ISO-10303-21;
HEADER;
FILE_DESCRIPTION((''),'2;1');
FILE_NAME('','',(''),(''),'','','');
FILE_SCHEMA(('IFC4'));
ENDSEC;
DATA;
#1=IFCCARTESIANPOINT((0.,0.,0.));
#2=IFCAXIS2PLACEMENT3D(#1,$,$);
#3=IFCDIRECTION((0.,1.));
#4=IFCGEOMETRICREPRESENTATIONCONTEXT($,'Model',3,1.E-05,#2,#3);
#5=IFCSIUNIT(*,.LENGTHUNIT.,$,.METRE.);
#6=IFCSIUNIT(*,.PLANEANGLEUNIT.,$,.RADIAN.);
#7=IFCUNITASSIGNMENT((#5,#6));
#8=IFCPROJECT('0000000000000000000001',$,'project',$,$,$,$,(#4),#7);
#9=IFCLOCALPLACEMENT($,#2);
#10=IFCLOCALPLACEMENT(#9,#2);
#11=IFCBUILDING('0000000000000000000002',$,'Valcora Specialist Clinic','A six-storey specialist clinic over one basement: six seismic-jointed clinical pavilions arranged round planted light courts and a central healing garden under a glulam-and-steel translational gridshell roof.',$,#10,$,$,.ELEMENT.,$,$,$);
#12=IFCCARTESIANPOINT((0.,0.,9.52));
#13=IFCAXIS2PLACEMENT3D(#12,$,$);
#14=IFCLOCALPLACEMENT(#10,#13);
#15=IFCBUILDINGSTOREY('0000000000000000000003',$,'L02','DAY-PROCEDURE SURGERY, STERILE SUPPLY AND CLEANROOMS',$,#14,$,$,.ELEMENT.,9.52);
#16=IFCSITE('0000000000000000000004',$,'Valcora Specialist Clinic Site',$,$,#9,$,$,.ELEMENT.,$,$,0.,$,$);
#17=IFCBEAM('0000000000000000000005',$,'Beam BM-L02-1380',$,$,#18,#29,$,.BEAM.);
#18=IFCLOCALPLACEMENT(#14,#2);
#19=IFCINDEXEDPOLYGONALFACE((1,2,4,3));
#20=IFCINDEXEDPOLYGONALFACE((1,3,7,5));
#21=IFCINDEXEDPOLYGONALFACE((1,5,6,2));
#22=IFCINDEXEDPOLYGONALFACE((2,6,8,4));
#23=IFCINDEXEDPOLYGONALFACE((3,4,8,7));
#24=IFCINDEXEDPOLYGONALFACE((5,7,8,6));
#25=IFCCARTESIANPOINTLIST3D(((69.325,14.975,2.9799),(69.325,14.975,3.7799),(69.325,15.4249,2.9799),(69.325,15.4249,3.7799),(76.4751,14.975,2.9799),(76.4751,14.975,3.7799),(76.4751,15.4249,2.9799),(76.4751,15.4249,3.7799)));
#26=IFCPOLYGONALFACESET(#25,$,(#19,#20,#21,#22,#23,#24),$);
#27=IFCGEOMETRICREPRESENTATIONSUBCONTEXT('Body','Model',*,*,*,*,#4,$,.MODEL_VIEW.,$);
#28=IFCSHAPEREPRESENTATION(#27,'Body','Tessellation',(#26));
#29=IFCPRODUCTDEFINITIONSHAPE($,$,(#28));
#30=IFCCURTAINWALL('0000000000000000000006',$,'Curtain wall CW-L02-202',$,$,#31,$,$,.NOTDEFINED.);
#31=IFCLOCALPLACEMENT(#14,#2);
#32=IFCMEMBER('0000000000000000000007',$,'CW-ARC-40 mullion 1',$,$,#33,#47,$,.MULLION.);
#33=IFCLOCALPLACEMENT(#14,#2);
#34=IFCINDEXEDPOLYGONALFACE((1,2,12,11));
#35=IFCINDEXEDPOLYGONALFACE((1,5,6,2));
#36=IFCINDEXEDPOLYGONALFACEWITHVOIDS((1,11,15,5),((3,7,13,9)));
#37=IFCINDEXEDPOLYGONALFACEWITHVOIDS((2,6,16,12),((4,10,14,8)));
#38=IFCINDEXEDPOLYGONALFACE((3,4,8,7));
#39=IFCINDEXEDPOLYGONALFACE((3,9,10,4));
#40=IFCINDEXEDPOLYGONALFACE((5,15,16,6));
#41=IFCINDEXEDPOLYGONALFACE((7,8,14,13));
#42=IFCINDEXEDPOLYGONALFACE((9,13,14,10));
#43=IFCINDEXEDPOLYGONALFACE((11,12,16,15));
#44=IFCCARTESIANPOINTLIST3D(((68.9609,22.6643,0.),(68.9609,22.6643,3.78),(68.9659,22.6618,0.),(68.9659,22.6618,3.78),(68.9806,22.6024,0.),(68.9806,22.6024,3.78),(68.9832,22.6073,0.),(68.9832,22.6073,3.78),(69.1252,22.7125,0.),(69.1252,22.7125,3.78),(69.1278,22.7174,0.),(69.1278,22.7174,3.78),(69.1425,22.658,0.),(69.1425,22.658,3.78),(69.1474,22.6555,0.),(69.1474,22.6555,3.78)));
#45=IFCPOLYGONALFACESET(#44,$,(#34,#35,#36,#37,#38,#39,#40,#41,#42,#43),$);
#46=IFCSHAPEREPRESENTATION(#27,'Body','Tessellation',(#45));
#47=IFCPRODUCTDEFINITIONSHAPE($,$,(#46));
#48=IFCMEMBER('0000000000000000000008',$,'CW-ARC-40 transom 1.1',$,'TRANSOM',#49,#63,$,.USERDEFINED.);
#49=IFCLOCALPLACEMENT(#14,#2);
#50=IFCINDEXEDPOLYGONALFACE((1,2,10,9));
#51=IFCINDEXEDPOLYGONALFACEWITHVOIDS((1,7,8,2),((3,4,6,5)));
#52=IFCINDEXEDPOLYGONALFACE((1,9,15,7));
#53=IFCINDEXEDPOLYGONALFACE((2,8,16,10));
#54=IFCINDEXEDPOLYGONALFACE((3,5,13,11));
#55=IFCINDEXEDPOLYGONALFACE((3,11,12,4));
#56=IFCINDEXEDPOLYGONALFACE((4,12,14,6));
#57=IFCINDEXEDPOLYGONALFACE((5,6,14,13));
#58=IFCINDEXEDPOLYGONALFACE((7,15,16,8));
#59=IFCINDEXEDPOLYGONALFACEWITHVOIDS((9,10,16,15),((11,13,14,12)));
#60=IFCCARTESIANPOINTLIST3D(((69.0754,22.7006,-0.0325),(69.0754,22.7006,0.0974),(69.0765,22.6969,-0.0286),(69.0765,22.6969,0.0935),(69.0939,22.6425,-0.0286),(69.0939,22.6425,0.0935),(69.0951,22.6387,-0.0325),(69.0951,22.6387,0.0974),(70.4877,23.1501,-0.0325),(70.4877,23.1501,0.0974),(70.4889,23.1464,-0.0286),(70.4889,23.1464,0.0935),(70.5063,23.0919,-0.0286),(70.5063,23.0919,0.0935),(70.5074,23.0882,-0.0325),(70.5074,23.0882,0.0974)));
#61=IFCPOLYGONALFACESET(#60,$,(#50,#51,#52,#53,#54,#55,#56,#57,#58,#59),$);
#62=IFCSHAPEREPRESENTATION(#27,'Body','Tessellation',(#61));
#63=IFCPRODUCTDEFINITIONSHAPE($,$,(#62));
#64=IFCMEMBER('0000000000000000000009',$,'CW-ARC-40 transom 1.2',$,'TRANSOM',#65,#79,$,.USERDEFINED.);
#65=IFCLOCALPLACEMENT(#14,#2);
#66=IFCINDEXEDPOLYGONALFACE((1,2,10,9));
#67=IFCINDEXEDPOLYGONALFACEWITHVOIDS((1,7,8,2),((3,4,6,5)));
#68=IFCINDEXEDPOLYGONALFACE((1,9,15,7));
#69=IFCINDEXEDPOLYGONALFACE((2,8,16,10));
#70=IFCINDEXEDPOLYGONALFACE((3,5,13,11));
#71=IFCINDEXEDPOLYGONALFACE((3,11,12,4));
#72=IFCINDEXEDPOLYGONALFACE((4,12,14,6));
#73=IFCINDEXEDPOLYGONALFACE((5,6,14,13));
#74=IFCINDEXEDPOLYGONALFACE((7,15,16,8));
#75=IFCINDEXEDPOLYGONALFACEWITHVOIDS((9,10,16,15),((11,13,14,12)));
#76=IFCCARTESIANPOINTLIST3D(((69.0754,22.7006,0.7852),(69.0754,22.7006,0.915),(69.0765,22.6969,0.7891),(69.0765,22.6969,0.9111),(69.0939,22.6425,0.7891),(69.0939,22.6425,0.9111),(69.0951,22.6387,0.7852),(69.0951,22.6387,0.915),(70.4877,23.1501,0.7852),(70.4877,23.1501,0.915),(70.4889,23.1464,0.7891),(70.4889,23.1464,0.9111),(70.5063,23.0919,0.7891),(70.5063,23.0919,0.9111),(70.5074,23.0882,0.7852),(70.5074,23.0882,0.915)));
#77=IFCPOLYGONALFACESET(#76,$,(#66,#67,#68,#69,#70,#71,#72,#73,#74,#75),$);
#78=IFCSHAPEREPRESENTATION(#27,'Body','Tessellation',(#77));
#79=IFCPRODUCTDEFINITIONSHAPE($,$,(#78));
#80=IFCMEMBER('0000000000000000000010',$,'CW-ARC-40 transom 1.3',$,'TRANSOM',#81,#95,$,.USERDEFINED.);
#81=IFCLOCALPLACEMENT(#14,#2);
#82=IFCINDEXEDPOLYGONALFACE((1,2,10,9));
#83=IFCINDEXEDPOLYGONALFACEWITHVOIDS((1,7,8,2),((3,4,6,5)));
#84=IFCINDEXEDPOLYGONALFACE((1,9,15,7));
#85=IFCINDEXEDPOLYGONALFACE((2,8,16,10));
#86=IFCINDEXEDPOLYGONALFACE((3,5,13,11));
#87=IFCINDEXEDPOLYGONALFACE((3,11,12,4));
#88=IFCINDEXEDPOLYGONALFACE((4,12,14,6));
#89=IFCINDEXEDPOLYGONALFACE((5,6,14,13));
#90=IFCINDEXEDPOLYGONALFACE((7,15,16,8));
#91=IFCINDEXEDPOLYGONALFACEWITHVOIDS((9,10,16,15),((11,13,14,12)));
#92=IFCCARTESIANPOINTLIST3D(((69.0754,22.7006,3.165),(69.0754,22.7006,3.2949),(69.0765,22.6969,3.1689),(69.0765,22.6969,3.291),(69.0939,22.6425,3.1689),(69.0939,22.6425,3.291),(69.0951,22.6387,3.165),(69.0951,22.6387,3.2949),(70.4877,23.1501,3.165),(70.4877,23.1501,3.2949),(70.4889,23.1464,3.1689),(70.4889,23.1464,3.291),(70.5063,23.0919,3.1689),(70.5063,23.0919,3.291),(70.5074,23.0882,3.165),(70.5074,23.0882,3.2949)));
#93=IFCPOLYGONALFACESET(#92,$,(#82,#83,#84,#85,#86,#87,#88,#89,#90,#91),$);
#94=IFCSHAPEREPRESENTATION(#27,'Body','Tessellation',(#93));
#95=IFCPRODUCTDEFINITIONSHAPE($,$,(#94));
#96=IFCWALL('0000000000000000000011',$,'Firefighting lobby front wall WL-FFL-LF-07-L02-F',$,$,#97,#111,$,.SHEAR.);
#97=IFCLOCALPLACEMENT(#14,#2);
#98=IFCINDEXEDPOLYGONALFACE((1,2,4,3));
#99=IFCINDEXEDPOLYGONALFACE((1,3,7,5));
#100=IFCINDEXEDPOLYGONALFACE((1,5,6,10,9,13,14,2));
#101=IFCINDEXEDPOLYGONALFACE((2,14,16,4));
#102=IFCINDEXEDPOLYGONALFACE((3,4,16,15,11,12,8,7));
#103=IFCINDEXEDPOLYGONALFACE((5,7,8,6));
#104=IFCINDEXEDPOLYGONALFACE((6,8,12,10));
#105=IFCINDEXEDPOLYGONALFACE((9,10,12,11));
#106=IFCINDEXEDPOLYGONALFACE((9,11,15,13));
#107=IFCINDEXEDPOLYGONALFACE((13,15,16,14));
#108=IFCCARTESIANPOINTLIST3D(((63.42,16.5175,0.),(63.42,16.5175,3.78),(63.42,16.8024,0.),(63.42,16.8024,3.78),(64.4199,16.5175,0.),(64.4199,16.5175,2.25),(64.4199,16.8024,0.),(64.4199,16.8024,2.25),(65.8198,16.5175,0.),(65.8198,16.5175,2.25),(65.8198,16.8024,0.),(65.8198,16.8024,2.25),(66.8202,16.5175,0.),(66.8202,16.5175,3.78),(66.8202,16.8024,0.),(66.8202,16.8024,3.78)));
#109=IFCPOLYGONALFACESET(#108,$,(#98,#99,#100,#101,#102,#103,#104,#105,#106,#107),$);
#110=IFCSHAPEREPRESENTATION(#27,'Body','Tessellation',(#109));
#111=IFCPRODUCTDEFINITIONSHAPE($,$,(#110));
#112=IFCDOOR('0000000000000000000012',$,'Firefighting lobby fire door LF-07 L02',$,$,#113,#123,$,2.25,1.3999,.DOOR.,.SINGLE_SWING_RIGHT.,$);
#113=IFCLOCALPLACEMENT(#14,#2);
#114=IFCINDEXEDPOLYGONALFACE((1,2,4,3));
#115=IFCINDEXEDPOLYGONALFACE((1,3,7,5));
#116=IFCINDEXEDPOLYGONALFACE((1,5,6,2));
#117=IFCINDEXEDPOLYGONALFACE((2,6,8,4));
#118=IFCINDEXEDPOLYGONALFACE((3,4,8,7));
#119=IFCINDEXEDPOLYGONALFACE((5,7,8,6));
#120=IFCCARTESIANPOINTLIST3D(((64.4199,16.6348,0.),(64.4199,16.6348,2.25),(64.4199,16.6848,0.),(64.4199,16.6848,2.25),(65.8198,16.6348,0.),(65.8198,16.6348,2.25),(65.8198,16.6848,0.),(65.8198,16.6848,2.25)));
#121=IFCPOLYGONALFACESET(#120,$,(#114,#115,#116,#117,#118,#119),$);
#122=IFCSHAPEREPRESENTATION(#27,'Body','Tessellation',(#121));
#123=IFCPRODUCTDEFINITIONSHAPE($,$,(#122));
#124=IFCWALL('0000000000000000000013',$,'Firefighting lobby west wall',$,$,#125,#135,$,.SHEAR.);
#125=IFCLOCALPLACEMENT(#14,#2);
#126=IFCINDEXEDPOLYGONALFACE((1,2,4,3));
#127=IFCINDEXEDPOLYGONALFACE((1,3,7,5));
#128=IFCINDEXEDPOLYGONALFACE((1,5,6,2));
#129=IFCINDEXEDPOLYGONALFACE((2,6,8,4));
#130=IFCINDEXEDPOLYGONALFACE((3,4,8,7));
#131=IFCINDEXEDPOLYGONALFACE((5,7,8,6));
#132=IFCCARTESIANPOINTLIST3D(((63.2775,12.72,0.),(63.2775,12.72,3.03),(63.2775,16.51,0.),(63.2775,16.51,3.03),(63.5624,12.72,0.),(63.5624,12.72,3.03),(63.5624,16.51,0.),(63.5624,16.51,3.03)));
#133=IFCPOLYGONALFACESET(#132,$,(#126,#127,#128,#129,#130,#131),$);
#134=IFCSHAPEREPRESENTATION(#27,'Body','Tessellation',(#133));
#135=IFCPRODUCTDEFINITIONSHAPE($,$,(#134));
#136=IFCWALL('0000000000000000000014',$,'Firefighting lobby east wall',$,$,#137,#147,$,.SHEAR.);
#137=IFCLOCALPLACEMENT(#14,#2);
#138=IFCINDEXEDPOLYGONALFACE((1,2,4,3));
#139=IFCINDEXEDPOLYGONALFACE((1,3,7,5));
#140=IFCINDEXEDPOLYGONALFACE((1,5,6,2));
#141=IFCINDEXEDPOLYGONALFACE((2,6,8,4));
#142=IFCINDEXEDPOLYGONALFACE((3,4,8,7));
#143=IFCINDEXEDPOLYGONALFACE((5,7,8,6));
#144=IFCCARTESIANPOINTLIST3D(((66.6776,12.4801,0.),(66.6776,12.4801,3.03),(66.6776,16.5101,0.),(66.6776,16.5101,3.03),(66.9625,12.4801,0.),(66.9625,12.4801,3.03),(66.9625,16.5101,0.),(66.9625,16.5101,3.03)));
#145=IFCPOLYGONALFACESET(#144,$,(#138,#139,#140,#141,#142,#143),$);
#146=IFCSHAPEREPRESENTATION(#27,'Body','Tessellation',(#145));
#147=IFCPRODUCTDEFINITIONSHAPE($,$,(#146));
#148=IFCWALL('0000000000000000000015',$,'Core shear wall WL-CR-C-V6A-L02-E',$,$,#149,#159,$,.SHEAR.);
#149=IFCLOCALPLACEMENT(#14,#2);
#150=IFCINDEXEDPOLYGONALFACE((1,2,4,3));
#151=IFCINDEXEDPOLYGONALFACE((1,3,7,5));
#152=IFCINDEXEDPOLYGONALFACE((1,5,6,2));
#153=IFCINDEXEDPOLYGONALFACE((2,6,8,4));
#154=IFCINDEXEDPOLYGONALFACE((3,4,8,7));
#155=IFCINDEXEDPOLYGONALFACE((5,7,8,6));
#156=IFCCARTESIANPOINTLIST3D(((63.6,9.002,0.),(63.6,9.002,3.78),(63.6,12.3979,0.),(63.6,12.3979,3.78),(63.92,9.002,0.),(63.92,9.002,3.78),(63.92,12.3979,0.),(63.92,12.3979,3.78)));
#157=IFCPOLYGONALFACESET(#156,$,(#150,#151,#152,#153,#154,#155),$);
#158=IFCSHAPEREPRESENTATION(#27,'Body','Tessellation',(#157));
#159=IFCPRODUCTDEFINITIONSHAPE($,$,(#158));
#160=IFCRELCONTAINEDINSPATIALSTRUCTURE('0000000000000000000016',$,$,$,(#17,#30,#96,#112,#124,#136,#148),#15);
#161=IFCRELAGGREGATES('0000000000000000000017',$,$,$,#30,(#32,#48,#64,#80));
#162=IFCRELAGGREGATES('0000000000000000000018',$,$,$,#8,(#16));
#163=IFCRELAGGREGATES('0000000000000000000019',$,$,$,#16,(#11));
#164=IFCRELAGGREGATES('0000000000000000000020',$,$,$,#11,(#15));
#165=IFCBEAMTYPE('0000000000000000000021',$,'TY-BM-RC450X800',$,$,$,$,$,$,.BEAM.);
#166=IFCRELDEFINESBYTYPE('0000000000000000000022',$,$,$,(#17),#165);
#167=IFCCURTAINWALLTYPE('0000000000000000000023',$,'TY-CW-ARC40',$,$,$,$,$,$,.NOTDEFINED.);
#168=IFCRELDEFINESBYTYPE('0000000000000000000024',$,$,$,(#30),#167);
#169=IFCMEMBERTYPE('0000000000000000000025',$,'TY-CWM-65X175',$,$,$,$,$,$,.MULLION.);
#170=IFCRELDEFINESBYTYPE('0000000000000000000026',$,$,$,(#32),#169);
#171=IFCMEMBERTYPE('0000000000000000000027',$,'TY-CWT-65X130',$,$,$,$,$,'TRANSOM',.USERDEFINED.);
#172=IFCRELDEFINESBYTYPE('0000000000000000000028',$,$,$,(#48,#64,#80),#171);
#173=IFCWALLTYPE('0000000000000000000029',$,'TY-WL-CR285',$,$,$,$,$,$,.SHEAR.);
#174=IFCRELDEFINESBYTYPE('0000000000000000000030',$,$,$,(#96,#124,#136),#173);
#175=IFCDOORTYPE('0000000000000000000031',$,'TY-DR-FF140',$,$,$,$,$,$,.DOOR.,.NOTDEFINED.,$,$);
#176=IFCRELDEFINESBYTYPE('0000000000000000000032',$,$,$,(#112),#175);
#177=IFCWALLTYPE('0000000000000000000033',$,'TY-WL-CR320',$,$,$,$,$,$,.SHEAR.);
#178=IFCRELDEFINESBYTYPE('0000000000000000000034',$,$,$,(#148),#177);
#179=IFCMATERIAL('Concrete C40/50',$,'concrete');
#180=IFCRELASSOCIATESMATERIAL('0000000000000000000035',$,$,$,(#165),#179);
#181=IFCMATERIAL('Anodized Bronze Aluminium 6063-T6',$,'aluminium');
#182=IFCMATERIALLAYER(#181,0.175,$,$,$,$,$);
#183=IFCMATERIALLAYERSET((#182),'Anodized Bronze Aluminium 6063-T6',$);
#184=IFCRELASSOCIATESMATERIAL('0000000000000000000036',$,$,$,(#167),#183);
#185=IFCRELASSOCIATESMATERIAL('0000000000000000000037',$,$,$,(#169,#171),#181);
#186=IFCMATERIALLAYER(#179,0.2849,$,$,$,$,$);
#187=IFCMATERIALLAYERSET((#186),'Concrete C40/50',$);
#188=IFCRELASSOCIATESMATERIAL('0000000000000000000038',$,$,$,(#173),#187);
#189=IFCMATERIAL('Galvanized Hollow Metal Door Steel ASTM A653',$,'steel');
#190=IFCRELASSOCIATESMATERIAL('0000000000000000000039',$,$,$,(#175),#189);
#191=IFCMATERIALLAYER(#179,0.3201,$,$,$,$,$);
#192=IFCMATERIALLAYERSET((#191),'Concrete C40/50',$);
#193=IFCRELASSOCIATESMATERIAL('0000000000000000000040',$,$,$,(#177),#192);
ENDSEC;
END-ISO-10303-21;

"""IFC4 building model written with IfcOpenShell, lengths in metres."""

from ifc_helpers import new_model, si_unit, direction, frame, frame_2d, origin, origin_2d, place, context, subcontext, project, spatial, rectangle, hollow_rectangle, extrude, material, layer, layer_set, material_profile, profile_set, type_object, element, fill, aggregate, save


model = new_model("IFC4")

# Units and contexts
model_context = context("Model", 3, precision=1e-05, world=origin(), true_north=direction((0.0, 1.0)))
body_context = subcontext(model_context, "Body", "Model", "MODEL_VIEW")
ifc_project = project(units=[si_unit("LENGTHUNIT", "METRE"), si_unit("PLANEANGLEUNIT", "RADIAN")], contexts=[model_context])

# Site, building, storey
site_placement = place(None, origin())
site = spatial("IfcSite", under=ifc_project, at=site_placement, Name="Valcora Specialist Clinic Site", CompositionType="ELEMENT", RefElevation=0.0)
building_placement = place(site_placement, origin())
building = spatial("IfcBuilding", under=site, at=building_placement, Name="Valcora Specialist Clinic", Description="A six-storey specialist clinic over one basement: six seismic-jointed clinical pavilions arranged round planted light courts and a central healing garden under a glulam-and-steel translational gridshell roof.", CompositionType="ELEMENT")
storey_placement = place(building_placement, frame((0.0, 0.0, 9.52)))
storey = spatial("IfcBuildingStorey", under=building, at=storey_placement, Name="L02", Description="DAY-PROCEDURE SURGERY, STERILE SUPPLY AND CLEANROOMS", CompositionType="ELEMENT", Elevation=9.52)

# Shared definitions
ifc_material_1 = material(Name="Concrete C40/50", Category="concrete")

# Beam
ifc_material_profile_1 = material_profile(ifc_material_1, rectangle(XDim=0.45, YDim=0.8, at=origin_2d()), Name="RC-BM-450X800")
ifc_profile_set_1 = profile_set([ifc_material_profile_1], Name="Concrete C40/50")
beam_type_1 = type_object("IfcBeamType", Name="TY-BM-RC450X800", PredefinedType="BEAM", material=ifc_profile_set_1)
beam_1_placement = place(storey_placement, frame((69.325, 15.2, 3.3799), z_axis=(1.0, 0.0, 0.0), x_axis=(0.0, 1.0, 0.0)))
element("IfcBeam", 1, at=beam_1_placement, inside=storey, type_object=beam_type_1, Name="Beam BM-L02-1380", PredefinedType="BEAM", context=body_context, shape_type="SweptSolid", body=[
    extrude(rectangle(XDim=0.45, YDim=0.8, at=origin_2d()), origin(), (0.0, 0.0, 1.0), 7.1501),
])

# Curtain wall, members
ifc_material_2 = material(Name="Anodized Bronze Aluminium 6063-T6", Category="aluminium")
ifc_layer_1 = layer(ifc_material_2, 0.175)
ifc_layer_set_1 = layer_set([ifc_layer_1], Name="Anodized Bronze Aluminium 6063-T6")
curtain_wall_type = type_object("IfcCurtainWallType", Name="TY-CW-ARC40", PredefinedType="NOTDEFINED", material=ifc_layer_set_1)
curtain_wall_placement = place(storey_placement, origin())
curtain_wall = element("IfcCurtainWall", 2, at=curtain_wall_placement, inside=storey, type_object=curtain_wall_type, Name="Curtain wall CW-L02-202", PredefinedType="NOTDEFINED")
ifc_material_profile_2 = material_profile(ifc_material_2, hollow_rectangle(XDim=0.0649, YDim=0.175, WallThickness=0.0039, at=origin_2d()), Name="AL-MUL-65X175")
ifc_profile_set_2 = profile_set([ifc_material_profile_2], Name="Anodized Bronze Aluminium 6063-T6")
member_type_1 = type_object("IfcMemberType", Name="TY-CWM-65X175", PredefinedType="MULLION", material=ifc_profile_set_2)
member_1_placement = place(storey_placement, frame((69.0542, 22.6599, 0.0), z_axis=(0.0, 0.0, 1.0), x_axis=(-0.303233, 0.952916, 0.0)))
member_1 = element("IfcMember", 3, at=member_1_placement, type_object=member_type_1, Name="CW-ARC-40 mullion 1", PredefinedType="MULLION", context=body_context, shape_type="SweptSolid", body=[
    extrude(hollow_rectangle(XDim=0.0649, YDim=0.175, WallThickness=0.0039, at=origin_2d()), origin(), (0.0, 0.0, 1.0), 3.78),
])
ifc_material_profile_3 = material_profile(ifc_material_2, hollow_rectangle(XDim=0.0649, YDim=0.1299, WallThickness=0.0039, at=origin_2d()), Name="AL-TRN-65X130")
ifc_profile_set_3 = profile_set([ifc_material_profile_3], Name="Anodized Bronze Aluminium 6063-T6")
member_type_2 = type_object("IfcMemberType", Name="TY-CWT-65X130", ElementType="TRANSOM", PredefinedType="USERDEFINED", material=ifc_profile_set_3)
member_2_placement = place(storey_placement, frame((69.0852, 22.6697, 0.0325), z_axis=(0.952911, 0.303251, 0.0), x_axis=(-0.303251, 0.952911, 0.0)))
member_2 = element("IfcMember", 4, at=member_2_placement, type_object=member_type_2, Name="CW-ARC-40 transom 1.1", ObjectType="TRANSOM", PredefinedType="USERDEFINED", context=body_context, shape_type="SweptSolid", body=[
    extrude(hollow_rectangle(XDim=0.0649, YDim=0.1299, WallThickness=0.0039, at=origin_2d()), origin(), (0.0, 0.0, 1.0), 1.4822),
])
member_3_placement = place(storey_placement, frame((69.0852, 22.6697, 0.8501), z_axis=(0.952911, 0.303251, 0.0), x_axis=(-0.303251, 0.952911, 0.0)))
member_3 = element("IfcMember", 5, at=member_3_placement, type_object=member_type_2, Name="CW-ARC-40 transom 1.2", ObjectType="TRANSOM", PredefinedType="USERDEFINED", context=body_context, shape_type="SweptSolid", body=[
    extrude(hollow_rectangle(XDim=0.0649, YDim=0.1299, WallThickness=0.0039, at=origin_2d()), origin(), (0.0, 0.0, 1.0), 1.4822),
])
member_4_placement = place(storey_placement, frame((69.0852, 22.6697, 3.23), z_axis=(0.952911, 0.303251, 0.0), x_axis=(-0.303251, 0.952911, 0.0)))
member_4 = element("IfcMember", 6, at=member_4_placement, type_object=member_type_2, Name="CW-ARC-40 transom 1.3", ObjectType="TRANSOM", PredefinedType="USERDEFINED", context=body_context, shape_type="SweptSolid", body=[
    extrude(hollow_rectangle(XDim=0.0649, YDim=0.1299, WallThickness=0.0039, at=origin_2d()), origin(), (0.0, 0.0, 1.0), 1.4822),
])
aggregate(curtain_wall, [member_1, member_2, member_3, member_4])

# Wall, opening, door
ifc_layer_2 = layer(ifc_material_1, 0.2849)
ifc_layer_set_2 = layer_set([ifc_layer_2], Name="Concrete C40/50")
wall_type_1 = type_object("IfcWallType", Name="TY-WL-CR285", PredefinedType="SHEAR", material=ifc_layer_set_2)
wall_1_placement = place(storey_placement, frame((63.4199, 16.6599, 0.0), z_axis=(0.0, 0.0, 1.0), x_axis=(1.0, 0.0, 0.0)))
wall_1 = element("IfcWall", 7, at=wall_1_placement, inside=storey, type_object=wall_type_1, Name="Firefighting lobby front wall WL-FFL-LF-07-L02-F", PredefinedType="SHEAR", context=body_context, shape_type="SweptSolid", body=[
    extrude(rectangle(XDim=3.4001, YDim=0.2849, at=frame_2d((1.7002, 0.0))), origin(), (0.0, 0.0, 1.0), 3.78),
])
opening_1_placement = place(wall_1_placement, frame((1.0, 0.0, 0.0)))
opening_1 = element("IfcOpeningElement", 8, at=opening_1_placement, cuts=wall_1, PredefinedType="OPENING", context=body_context, shape_type="SweptSolid", body=[
    extrude(rectangle(XDim=1.3999, YDim=2.25, at=frame_2d((0.7, 1.125))), frame((0.0, 0.1523, 0.0), z_axis=(0.0, -1.0, 0.0), x_axis=(1.0, 0.0, 0.0)), (0.0, 0.0, 1.0), 0.3049),
])
ifc_material_3 = material(Name="Galvanized Hollow Metal Door Steel ASTM A653", Category="steel")
door_type_1 = type_object("IfcDoorType", Name="TY-DR-FF140", OperationType="NOTDEFINED", PredefinedType="DOOR", material=ifc_material_3)
door_1_placement = place(opening_1_placement, origin())
door_1 = element("IfcDoor", 9, at=door_1_placement, inside=storey, type_object=door_type_1, Name="Firefighting lobby fire door LF-07 L02", OperationType="SINGLE_SWING_RIGHT", OverallHeight=2.25, OverallWidth=1.3999, PredefinedType="DOOR", context=body_context, shape_type="SweptSolid", body=[
    extrude(rectangle(XDim=1.3999, YDim=2.25, at=frame_2d((0.7, 1.125))), frame((0.0, 0.0249, 0.0), z_axis=(0.0, -1.0, 0.0), x_axis=(1.0, 0.0, 0.0)), (0.0, 0.0, 1.0), 0.05),
])
fill(opening_1, door_1)

# Walls
wall_2_placement = place(storey_placement, frame((63.4199, 12.72, 0.0), z_axis=(0.0, 0.0, 1.0), x_axis=(0.0, 1.0, 0.0)))
element("IfcWall", 10, at=wall_2_placement, inside=storey, type_object=wall_type_1, Name="Firefighting lobby west wall", PredefinedType="SHEAR", context=body_context, shape_type="SweptSolid", body=[
    extrude(rectangle(XDim=3.79, YDim=0.2849, at=frame_2d((1.895, 0.0))), origin(), (0.0, 0.0, 1.0), 3.03),
])
wall_3_placement = place(storey_placement, frame((66.8201, 12.48, 0.0), z_axis=(0.0, 0.0, 1.0), x_axis=(0.0, 1.0, 0.0)))
element("IfcWall", 11, at=wall_3_placement, inside=storey, type_object=wall_type_1, Name="Firefighting lobby east wall", PredefinedType="SHEAR", context=body_context, shape_type="SweptSolid", body=[
    extrude(rectangle(XDim=4.03, YDim=0.2849, at=frame_2d((2.0151, 0.0))), origin(), (0.0, 0.0, 1.0), 3.03),
])
ifc_layer_3 = layer(ifc_material_1, 0.3201)
ifc_layer_set_3 = layer_set([ifc_layer_3], Name="Concrete C40/50")
wall_type_2 = type_object("IfcWallType", Name="TY-WL-CR320", PredefinedType="SHEAR", material=ifc_layer_set_3)
wall_4_placement = place(storey_placement, frame((63.76, 9.002, 0.0), z_axis=(0.0, 0.0, 1.0), x_axis=(0.0, 1.0, 0.0)))
element("IfcWall", 12, at=wall_4_placement, inside=storey, type_object=wall_type_2, Name="Core shear wall WL-CR-C-V6A-L02-E", PredefinedType="SHEAR", context=body_context, shape_type="SweptSolid", body=[
    extrude(rectangle(XDim=3.396, YDim=0.3201, at=frame_2d((1.698, 0.0))), origin(), (0.0, 0.0, 1.0), 3.78),
])

save(model, "model.ifc")
